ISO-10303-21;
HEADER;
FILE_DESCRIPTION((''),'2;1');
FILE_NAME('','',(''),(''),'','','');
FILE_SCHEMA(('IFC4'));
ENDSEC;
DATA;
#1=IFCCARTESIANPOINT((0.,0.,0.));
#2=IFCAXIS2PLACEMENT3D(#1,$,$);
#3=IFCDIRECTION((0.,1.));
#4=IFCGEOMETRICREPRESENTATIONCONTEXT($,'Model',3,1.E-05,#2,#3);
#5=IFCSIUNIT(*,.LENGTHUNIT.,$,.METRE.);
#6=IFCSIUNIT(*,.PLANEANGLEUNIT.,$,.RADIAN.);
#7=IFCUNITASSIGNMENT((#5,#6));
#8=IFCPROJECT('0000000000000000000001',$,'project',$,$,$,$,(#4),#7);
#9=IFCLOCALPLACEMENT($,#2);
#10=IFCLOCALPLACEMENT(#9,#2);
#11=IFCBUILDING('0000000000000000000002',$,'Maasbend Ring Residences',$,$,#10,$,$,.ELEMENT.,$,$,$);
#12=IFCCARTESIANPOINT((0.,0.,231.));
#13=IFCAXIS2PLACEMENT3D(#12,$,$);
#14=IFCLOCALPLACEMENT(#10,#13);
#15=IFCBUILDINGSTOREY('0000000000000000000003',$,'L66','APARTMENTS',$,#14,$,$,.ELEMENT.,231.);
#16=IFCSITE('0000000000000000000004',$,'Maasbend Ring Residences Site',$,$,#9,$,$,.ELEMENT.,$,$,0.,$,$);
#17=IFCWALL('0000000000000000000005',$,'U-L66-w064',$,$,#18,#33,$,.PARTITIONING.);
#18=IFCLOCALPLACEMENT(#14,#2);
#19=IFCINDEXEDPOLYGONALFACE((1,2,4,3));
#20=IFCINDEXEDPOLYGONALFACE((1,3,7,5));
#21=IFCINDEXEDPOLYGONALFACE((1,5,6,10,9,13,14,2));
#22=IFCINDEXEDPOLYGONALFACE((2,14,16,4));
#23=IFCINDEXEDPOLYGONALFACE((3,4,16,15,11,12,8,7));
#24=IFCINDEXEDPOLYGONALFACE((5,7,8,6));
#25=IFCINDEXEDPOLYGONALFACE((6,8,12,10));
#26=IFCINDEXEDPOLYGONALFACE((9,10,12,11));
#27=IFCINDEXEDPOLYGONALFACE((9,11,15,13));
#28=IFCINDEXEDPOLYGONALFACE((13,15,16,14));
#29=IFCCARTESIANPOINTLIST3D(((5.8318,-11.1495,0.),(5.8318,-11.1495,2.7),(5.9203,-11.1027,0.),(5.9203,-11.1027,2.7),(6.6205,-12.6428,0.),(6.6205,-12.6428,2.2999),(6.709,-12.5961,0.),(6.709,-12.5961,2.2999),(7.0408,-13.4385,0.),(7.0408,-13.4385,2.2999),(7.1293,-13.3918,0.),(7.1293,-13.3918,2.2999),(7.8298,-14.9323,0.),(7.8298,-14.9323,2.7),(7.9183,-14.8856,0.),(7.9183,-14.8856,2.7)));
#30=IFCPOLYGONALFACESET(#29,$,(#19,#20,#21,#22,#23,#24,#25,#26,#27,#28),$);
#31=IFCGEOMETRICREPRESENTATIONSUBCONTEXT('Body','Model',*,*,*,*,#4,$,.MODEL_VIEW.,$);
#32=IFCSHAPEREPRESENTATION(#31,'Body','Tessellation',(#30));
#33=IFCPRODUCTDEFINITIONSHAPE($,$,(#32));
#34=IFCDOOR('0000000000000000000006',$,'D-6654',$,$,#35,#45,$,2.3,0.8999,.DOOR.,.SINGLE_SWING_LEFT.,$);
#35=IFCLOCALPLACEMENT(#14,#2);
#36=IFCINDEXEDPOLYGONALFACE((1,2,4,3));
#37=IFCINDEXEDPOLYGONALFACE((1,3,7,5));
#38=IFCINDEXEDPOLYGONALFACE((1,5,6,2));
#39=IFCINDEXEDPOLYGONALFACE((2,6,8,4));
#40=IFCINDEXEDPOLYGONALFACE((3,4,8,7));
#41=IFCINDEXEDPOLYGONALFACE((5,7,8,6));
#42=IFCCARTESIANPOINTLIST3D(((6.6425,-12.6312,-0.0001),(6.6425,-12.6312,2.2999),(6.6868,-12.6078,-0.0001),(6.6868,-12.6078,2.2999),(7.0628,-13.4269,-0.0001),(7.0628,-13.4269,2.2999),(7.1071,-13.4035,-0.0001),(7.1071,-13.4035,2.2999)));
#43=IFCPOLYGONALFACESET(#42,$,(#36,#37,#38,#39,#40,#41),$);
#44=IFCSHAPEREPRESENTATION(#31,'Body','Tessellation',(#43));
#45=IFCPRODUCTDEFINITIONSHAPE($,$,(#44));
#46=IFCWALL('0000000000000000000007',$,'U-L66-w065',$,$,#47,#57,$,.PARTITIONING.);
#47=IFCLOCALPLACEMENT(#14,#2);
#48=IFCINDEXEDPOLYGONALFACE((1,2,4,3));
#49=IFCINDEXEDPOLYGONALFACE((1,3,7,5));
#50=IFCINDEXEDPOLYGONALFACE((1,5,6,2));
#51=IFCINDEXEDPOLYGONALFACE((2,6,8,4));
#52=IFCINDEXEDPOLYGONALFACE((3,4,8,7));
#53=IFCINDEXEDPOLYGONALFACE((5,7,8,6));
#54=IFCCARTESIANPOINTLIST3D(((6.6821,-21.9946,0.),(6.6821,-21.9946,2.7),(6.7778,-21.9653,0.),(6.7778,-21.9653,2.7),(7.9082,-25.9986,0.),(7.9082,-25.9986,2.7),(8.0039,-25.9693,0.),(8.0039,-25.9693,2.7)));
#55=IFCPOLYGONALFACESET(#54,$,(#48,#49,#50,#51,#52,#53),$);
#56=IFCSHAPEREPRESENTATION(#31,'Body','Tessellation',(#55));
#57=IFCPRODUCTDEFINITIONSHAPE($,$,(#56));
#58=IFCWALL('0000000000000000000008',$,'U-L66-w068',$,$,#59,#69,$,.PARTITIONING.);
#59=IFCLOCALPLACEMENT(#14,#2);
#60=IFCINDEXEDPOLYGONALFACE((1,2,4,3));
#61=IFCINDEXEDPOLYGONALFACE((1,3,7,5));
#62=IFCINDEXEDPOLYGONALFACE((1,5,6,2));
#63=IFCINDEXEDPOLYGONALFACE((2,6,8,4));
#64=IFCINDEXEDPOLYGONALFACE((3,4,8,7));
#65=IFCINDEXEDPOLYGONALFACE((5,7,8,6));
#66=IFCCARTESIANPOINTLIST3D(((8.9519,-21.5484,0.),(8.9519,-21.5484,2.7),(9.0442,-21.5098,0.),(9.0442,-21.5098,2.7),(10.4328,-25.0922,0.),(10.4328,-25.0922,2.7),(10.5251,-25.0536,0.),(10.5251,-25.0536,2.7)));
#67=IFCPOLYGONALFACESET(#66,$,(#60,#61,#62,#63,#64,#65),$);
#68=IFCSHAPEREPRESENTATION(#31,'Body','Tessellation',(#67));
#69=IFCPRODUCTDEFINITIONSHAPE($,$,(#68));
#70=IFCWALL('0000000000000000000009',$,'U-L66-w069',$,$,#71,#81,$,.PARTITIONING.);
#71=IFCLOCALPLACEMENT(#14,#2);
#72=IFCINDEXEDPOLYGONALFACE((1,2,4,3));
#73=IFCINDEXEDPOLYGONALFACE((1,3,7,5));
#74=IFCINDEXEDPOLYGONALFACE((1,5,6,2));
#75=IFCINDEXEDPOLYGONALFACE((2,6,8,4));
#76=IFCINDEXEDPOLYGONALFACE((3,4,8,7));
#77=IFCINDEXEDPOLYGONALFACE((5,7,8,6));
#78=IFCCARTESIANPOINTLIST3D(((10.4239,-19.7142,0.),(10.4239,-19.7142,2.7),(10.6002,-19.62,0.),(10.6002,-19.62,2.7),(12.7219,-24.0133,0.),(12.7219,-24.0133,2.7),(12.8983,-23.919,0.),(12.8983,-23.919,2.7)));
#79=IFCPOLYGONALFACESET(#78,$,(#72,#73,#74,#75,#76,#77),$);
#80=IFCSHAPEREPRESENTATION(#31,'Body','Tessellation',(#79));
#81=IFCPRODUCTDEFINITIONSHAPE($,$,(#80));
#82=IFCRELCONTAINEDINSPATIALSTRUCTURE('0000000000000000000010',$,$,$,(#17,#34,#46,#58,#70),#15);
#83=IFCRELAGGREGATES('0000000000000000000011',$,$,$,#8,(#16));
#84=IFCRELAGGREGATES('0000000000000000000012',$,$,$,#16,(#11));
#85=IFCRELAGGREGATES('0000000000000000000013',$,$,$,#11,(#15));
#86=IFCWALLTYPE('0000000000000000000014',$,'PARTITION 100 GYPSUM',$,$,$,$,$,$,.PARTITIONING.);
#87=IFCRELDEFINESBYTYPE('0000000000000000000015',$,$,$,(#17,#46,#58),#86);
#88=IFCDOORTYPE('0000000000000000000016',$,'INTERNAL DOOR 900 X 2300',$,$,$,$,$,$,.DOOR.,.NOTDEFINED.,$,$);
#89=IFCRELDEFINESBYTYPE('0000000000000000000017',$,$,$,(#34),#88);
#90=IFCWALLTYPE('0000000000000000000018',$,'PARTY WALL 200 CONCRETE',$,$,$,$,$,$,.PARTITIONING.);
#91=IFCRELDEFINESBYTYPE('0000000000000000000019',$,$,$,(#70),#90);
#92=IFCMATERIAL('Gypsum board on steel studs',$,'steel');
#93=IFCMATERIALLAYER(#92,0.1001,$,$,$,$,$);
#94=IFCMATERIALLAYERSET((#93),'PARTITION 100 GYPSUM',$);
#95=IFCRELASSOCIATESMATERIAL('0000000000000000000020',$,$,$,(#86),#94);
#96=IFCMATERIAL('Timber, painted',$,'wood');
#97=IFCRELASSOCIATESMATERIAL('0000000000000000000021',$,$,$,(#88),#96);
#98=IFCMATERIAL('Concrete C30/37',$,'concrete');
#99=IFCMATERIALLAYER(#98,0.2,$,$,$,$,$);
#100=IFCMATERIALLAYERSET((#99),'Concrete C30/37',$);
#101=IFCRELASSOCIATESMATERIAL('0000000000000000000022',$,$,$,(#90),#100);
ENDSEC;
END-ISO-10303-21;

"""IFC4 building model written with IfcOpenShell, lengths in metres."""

from ifc_helpers import new_model, si_unit, direction, frame, frame_2d, origin, place, context, subcontext, project, spatial, rectangle, extrude, material, layer, layer_set, type_object, element, fill, save


model = new_model("IFC4")

# Units and contexts
model_context = context("Model", 3, precision=1e-05, world=origin(), true_north=direction((0.0, 1.0)))
body_context = subcontext(model_context, "Body", "Model", "MODEL_VIEW")
ifc_project = project(units=[si_unit("LENGTHUNIT", "METRE"), si_unit("PLANEANGLEUNIT", "RADIAN")], contexts=[model_context])

# Site, building, storey
site_placement = place(None, origin())
site = spatial("IfcSite", under=ifc_project, at=site_placement, Name="Maasbend Ring Residences Site", CompositionType="ELEMENT", RefElevation=0.0)
building_placement = place(site_placement, origin())
building = spatial("IfcBuilding", under=site, at=building_placement, Name="Maasbend Ring Residences", CompositionType="ELEMENT")
storey_placement = place(building_placement, frame((0.0, 0.0, 231.0)))
storey = spatial("IfcBuildingStorey", under=building, at=storey_placement, Name="L66", Description="APARTMENTS", CompositionType="ELEMENT", Elevation=231.0)

# Shared definitions
ifc_material_1 = material(Name="Gypsum board on steel studs", Category="steel")
ifc_layer_1 = layer(ifc_material_1, 0.1001)
ifc_layer_set_1 = layer_set([ifc_layer_1], Name="PARTITION 100 GYPSUM")
wall_type_1 = type_object("IfcWallType", Name="PARTITION 100 GYPSUM", PredefinedType="PARTITIONING", material=ifc_layer_set_1)
ifc_material_2 = material(Name="Timber, painted", Category="wood")
door_type_1 = type_object("IfcDoorType", Name="INTERNAL DOOR 900 X 2300", OperationType="NOTDEFINED", PredefinedType="DOOR", material=ifc_material_2)

# Wall, opening, door
wall_1_placement = place(storey_placement, frame((5.876, -11.126, 0.0), z_axis=(0.0, 0.0, 1.0), x_axis=(0.46703, -0.884241, 0.0)))
wall_1 = element("IfcWall", 1, at=wall_1_placement, inside=storey, type_object=wall_type_1, Name="U-L66-w064", PredefinedType="PARTITIONING", context=body_context, shape_type="SweptSolid", body=[
    extrude(rectangle(XDim=4.2781, YDim=0.1001, at=frame_2d((2.1392, 0.0))), origin(), (0.0, 0.0, 1.0), 2.7),
])
opening_1_placement = place(wall_1_placement, frame((1.689, 0.0, 0.0)))
opening_1 = element("IfcOpeningElement", 2, at=opening_1_placement, cuts=wall_1, PredefinedType="OPENING", context=body_context, shape_type="SweptSolid", body=[
    extrude(rectangle(XDim=0.8999, YDim=2.3, at=frame_2d((0.45, 1.1499))), frame((0.0, 0.0601, 0.0), z_axis=(0.0, -1.0, 0.0), x_axis=(1.0, 0.0, 0.0)), (0.0, 0.0, 1.0), 0.1201),
])
door_1_placement = place(opening_1_placement, origin())
door_1 = element("IfcDoor", 3, at=door_1_placement, inside=storey, type_object=door_type_1, Name="D-6654", OperationType="SINGLE_SWING_LEFT", OverallHeight=2.3, OverallWidth=0.8999, PredefinedType="DOOR", context=body_context, shape_type="SweptSolid", body=[
    extrude(rectangle(XDim=0.8999, YDim=2.3, at=frame_2d((0.45, 1.1499))), frame((0.0, 0.0249, 0.0), z_axis=(0.0, -1.0, 0.0), x_axis=(1.0, 0.0, 0.0)), (0.0, 0.0, 1.0), 0.05),
])
fill(opening_1, door_1)

# Walls
wall_2_placement = place(storey_placement, frame((6.73, -21.98, 0.0), z_axis=(0.0, 0.0, 1.0), x_axis=(0.292799, -0.956174, 0.0)))
element("IfcWall", 4, at=wall_2_placement, inside=storey, type_object=wall_type_1, Name="U-L66-w065", PredefinedType="PARTITIONING", context=body_context, shape_type="SweptSolid", body=[
    extrude(rectangle(XDim=4.1875, YDim=0.1001, at=frame_2d((2.0938, 0.0))), origin(), (0.0, 0.0, 1.0), 2.7),
])
wall_3_placement = place(storey_placement, frame((8.998, -21.5291, 0.0), z_axis=(0.0, 0.0, 1.0), x_axis=(0.385572, -0.922678, 0.0)))
element("IfcWall", 5, at=wall_3_placement, inside=storey, type_object=wall_type_1, Name="U-L66-w068", PredefinedType="PARTITIONING", context=body_context, shape_type="SweptSolid", body=[
    extrude(rectangle(XDim=3.8408, YDim=0.1001, at=frame_2d((1.9204, 0.0))), origin(), (0.0, 0.0, 1.0), 2.7),
])
ifc_material_3 = material(Name="Concrete C30/37", Category="concrete")
ifc_layer_2 = layer(ifc_material_3, 0.2)
ifc_layer_set_2 = layer_set([ifc_layer_2], Name="Concrete C30/37")
wall_type_2 = type_object("IfcWallType", Name="PARTY WALL 200 CONCRETE", PredefinedType="PARTITIONING", material=ifc_layer_set_2)
wall_4_placement = place(storey_placement, frame((10.512, -19.667, 0.0), z_axis=(0.0, 0.0, 1.0), x_axis=(0.471428, -0.881905, 0.0)))
element("IfcWall", 6, at=wall_4_placement, inside=storey, type_object=wall_type_2, Name="U-L66-w069", PredefinedType="PARTITIONING", context=body_context, shape_type="SweptSolid", body=[
    extrude(rectangle(XDim=4.8748, YDim=0.2, at=frame_2d((2.4375, 0.0))), origin(), (0.0, 0.0, 1.0), 2.7),
])

save(model, "model.ifc")
